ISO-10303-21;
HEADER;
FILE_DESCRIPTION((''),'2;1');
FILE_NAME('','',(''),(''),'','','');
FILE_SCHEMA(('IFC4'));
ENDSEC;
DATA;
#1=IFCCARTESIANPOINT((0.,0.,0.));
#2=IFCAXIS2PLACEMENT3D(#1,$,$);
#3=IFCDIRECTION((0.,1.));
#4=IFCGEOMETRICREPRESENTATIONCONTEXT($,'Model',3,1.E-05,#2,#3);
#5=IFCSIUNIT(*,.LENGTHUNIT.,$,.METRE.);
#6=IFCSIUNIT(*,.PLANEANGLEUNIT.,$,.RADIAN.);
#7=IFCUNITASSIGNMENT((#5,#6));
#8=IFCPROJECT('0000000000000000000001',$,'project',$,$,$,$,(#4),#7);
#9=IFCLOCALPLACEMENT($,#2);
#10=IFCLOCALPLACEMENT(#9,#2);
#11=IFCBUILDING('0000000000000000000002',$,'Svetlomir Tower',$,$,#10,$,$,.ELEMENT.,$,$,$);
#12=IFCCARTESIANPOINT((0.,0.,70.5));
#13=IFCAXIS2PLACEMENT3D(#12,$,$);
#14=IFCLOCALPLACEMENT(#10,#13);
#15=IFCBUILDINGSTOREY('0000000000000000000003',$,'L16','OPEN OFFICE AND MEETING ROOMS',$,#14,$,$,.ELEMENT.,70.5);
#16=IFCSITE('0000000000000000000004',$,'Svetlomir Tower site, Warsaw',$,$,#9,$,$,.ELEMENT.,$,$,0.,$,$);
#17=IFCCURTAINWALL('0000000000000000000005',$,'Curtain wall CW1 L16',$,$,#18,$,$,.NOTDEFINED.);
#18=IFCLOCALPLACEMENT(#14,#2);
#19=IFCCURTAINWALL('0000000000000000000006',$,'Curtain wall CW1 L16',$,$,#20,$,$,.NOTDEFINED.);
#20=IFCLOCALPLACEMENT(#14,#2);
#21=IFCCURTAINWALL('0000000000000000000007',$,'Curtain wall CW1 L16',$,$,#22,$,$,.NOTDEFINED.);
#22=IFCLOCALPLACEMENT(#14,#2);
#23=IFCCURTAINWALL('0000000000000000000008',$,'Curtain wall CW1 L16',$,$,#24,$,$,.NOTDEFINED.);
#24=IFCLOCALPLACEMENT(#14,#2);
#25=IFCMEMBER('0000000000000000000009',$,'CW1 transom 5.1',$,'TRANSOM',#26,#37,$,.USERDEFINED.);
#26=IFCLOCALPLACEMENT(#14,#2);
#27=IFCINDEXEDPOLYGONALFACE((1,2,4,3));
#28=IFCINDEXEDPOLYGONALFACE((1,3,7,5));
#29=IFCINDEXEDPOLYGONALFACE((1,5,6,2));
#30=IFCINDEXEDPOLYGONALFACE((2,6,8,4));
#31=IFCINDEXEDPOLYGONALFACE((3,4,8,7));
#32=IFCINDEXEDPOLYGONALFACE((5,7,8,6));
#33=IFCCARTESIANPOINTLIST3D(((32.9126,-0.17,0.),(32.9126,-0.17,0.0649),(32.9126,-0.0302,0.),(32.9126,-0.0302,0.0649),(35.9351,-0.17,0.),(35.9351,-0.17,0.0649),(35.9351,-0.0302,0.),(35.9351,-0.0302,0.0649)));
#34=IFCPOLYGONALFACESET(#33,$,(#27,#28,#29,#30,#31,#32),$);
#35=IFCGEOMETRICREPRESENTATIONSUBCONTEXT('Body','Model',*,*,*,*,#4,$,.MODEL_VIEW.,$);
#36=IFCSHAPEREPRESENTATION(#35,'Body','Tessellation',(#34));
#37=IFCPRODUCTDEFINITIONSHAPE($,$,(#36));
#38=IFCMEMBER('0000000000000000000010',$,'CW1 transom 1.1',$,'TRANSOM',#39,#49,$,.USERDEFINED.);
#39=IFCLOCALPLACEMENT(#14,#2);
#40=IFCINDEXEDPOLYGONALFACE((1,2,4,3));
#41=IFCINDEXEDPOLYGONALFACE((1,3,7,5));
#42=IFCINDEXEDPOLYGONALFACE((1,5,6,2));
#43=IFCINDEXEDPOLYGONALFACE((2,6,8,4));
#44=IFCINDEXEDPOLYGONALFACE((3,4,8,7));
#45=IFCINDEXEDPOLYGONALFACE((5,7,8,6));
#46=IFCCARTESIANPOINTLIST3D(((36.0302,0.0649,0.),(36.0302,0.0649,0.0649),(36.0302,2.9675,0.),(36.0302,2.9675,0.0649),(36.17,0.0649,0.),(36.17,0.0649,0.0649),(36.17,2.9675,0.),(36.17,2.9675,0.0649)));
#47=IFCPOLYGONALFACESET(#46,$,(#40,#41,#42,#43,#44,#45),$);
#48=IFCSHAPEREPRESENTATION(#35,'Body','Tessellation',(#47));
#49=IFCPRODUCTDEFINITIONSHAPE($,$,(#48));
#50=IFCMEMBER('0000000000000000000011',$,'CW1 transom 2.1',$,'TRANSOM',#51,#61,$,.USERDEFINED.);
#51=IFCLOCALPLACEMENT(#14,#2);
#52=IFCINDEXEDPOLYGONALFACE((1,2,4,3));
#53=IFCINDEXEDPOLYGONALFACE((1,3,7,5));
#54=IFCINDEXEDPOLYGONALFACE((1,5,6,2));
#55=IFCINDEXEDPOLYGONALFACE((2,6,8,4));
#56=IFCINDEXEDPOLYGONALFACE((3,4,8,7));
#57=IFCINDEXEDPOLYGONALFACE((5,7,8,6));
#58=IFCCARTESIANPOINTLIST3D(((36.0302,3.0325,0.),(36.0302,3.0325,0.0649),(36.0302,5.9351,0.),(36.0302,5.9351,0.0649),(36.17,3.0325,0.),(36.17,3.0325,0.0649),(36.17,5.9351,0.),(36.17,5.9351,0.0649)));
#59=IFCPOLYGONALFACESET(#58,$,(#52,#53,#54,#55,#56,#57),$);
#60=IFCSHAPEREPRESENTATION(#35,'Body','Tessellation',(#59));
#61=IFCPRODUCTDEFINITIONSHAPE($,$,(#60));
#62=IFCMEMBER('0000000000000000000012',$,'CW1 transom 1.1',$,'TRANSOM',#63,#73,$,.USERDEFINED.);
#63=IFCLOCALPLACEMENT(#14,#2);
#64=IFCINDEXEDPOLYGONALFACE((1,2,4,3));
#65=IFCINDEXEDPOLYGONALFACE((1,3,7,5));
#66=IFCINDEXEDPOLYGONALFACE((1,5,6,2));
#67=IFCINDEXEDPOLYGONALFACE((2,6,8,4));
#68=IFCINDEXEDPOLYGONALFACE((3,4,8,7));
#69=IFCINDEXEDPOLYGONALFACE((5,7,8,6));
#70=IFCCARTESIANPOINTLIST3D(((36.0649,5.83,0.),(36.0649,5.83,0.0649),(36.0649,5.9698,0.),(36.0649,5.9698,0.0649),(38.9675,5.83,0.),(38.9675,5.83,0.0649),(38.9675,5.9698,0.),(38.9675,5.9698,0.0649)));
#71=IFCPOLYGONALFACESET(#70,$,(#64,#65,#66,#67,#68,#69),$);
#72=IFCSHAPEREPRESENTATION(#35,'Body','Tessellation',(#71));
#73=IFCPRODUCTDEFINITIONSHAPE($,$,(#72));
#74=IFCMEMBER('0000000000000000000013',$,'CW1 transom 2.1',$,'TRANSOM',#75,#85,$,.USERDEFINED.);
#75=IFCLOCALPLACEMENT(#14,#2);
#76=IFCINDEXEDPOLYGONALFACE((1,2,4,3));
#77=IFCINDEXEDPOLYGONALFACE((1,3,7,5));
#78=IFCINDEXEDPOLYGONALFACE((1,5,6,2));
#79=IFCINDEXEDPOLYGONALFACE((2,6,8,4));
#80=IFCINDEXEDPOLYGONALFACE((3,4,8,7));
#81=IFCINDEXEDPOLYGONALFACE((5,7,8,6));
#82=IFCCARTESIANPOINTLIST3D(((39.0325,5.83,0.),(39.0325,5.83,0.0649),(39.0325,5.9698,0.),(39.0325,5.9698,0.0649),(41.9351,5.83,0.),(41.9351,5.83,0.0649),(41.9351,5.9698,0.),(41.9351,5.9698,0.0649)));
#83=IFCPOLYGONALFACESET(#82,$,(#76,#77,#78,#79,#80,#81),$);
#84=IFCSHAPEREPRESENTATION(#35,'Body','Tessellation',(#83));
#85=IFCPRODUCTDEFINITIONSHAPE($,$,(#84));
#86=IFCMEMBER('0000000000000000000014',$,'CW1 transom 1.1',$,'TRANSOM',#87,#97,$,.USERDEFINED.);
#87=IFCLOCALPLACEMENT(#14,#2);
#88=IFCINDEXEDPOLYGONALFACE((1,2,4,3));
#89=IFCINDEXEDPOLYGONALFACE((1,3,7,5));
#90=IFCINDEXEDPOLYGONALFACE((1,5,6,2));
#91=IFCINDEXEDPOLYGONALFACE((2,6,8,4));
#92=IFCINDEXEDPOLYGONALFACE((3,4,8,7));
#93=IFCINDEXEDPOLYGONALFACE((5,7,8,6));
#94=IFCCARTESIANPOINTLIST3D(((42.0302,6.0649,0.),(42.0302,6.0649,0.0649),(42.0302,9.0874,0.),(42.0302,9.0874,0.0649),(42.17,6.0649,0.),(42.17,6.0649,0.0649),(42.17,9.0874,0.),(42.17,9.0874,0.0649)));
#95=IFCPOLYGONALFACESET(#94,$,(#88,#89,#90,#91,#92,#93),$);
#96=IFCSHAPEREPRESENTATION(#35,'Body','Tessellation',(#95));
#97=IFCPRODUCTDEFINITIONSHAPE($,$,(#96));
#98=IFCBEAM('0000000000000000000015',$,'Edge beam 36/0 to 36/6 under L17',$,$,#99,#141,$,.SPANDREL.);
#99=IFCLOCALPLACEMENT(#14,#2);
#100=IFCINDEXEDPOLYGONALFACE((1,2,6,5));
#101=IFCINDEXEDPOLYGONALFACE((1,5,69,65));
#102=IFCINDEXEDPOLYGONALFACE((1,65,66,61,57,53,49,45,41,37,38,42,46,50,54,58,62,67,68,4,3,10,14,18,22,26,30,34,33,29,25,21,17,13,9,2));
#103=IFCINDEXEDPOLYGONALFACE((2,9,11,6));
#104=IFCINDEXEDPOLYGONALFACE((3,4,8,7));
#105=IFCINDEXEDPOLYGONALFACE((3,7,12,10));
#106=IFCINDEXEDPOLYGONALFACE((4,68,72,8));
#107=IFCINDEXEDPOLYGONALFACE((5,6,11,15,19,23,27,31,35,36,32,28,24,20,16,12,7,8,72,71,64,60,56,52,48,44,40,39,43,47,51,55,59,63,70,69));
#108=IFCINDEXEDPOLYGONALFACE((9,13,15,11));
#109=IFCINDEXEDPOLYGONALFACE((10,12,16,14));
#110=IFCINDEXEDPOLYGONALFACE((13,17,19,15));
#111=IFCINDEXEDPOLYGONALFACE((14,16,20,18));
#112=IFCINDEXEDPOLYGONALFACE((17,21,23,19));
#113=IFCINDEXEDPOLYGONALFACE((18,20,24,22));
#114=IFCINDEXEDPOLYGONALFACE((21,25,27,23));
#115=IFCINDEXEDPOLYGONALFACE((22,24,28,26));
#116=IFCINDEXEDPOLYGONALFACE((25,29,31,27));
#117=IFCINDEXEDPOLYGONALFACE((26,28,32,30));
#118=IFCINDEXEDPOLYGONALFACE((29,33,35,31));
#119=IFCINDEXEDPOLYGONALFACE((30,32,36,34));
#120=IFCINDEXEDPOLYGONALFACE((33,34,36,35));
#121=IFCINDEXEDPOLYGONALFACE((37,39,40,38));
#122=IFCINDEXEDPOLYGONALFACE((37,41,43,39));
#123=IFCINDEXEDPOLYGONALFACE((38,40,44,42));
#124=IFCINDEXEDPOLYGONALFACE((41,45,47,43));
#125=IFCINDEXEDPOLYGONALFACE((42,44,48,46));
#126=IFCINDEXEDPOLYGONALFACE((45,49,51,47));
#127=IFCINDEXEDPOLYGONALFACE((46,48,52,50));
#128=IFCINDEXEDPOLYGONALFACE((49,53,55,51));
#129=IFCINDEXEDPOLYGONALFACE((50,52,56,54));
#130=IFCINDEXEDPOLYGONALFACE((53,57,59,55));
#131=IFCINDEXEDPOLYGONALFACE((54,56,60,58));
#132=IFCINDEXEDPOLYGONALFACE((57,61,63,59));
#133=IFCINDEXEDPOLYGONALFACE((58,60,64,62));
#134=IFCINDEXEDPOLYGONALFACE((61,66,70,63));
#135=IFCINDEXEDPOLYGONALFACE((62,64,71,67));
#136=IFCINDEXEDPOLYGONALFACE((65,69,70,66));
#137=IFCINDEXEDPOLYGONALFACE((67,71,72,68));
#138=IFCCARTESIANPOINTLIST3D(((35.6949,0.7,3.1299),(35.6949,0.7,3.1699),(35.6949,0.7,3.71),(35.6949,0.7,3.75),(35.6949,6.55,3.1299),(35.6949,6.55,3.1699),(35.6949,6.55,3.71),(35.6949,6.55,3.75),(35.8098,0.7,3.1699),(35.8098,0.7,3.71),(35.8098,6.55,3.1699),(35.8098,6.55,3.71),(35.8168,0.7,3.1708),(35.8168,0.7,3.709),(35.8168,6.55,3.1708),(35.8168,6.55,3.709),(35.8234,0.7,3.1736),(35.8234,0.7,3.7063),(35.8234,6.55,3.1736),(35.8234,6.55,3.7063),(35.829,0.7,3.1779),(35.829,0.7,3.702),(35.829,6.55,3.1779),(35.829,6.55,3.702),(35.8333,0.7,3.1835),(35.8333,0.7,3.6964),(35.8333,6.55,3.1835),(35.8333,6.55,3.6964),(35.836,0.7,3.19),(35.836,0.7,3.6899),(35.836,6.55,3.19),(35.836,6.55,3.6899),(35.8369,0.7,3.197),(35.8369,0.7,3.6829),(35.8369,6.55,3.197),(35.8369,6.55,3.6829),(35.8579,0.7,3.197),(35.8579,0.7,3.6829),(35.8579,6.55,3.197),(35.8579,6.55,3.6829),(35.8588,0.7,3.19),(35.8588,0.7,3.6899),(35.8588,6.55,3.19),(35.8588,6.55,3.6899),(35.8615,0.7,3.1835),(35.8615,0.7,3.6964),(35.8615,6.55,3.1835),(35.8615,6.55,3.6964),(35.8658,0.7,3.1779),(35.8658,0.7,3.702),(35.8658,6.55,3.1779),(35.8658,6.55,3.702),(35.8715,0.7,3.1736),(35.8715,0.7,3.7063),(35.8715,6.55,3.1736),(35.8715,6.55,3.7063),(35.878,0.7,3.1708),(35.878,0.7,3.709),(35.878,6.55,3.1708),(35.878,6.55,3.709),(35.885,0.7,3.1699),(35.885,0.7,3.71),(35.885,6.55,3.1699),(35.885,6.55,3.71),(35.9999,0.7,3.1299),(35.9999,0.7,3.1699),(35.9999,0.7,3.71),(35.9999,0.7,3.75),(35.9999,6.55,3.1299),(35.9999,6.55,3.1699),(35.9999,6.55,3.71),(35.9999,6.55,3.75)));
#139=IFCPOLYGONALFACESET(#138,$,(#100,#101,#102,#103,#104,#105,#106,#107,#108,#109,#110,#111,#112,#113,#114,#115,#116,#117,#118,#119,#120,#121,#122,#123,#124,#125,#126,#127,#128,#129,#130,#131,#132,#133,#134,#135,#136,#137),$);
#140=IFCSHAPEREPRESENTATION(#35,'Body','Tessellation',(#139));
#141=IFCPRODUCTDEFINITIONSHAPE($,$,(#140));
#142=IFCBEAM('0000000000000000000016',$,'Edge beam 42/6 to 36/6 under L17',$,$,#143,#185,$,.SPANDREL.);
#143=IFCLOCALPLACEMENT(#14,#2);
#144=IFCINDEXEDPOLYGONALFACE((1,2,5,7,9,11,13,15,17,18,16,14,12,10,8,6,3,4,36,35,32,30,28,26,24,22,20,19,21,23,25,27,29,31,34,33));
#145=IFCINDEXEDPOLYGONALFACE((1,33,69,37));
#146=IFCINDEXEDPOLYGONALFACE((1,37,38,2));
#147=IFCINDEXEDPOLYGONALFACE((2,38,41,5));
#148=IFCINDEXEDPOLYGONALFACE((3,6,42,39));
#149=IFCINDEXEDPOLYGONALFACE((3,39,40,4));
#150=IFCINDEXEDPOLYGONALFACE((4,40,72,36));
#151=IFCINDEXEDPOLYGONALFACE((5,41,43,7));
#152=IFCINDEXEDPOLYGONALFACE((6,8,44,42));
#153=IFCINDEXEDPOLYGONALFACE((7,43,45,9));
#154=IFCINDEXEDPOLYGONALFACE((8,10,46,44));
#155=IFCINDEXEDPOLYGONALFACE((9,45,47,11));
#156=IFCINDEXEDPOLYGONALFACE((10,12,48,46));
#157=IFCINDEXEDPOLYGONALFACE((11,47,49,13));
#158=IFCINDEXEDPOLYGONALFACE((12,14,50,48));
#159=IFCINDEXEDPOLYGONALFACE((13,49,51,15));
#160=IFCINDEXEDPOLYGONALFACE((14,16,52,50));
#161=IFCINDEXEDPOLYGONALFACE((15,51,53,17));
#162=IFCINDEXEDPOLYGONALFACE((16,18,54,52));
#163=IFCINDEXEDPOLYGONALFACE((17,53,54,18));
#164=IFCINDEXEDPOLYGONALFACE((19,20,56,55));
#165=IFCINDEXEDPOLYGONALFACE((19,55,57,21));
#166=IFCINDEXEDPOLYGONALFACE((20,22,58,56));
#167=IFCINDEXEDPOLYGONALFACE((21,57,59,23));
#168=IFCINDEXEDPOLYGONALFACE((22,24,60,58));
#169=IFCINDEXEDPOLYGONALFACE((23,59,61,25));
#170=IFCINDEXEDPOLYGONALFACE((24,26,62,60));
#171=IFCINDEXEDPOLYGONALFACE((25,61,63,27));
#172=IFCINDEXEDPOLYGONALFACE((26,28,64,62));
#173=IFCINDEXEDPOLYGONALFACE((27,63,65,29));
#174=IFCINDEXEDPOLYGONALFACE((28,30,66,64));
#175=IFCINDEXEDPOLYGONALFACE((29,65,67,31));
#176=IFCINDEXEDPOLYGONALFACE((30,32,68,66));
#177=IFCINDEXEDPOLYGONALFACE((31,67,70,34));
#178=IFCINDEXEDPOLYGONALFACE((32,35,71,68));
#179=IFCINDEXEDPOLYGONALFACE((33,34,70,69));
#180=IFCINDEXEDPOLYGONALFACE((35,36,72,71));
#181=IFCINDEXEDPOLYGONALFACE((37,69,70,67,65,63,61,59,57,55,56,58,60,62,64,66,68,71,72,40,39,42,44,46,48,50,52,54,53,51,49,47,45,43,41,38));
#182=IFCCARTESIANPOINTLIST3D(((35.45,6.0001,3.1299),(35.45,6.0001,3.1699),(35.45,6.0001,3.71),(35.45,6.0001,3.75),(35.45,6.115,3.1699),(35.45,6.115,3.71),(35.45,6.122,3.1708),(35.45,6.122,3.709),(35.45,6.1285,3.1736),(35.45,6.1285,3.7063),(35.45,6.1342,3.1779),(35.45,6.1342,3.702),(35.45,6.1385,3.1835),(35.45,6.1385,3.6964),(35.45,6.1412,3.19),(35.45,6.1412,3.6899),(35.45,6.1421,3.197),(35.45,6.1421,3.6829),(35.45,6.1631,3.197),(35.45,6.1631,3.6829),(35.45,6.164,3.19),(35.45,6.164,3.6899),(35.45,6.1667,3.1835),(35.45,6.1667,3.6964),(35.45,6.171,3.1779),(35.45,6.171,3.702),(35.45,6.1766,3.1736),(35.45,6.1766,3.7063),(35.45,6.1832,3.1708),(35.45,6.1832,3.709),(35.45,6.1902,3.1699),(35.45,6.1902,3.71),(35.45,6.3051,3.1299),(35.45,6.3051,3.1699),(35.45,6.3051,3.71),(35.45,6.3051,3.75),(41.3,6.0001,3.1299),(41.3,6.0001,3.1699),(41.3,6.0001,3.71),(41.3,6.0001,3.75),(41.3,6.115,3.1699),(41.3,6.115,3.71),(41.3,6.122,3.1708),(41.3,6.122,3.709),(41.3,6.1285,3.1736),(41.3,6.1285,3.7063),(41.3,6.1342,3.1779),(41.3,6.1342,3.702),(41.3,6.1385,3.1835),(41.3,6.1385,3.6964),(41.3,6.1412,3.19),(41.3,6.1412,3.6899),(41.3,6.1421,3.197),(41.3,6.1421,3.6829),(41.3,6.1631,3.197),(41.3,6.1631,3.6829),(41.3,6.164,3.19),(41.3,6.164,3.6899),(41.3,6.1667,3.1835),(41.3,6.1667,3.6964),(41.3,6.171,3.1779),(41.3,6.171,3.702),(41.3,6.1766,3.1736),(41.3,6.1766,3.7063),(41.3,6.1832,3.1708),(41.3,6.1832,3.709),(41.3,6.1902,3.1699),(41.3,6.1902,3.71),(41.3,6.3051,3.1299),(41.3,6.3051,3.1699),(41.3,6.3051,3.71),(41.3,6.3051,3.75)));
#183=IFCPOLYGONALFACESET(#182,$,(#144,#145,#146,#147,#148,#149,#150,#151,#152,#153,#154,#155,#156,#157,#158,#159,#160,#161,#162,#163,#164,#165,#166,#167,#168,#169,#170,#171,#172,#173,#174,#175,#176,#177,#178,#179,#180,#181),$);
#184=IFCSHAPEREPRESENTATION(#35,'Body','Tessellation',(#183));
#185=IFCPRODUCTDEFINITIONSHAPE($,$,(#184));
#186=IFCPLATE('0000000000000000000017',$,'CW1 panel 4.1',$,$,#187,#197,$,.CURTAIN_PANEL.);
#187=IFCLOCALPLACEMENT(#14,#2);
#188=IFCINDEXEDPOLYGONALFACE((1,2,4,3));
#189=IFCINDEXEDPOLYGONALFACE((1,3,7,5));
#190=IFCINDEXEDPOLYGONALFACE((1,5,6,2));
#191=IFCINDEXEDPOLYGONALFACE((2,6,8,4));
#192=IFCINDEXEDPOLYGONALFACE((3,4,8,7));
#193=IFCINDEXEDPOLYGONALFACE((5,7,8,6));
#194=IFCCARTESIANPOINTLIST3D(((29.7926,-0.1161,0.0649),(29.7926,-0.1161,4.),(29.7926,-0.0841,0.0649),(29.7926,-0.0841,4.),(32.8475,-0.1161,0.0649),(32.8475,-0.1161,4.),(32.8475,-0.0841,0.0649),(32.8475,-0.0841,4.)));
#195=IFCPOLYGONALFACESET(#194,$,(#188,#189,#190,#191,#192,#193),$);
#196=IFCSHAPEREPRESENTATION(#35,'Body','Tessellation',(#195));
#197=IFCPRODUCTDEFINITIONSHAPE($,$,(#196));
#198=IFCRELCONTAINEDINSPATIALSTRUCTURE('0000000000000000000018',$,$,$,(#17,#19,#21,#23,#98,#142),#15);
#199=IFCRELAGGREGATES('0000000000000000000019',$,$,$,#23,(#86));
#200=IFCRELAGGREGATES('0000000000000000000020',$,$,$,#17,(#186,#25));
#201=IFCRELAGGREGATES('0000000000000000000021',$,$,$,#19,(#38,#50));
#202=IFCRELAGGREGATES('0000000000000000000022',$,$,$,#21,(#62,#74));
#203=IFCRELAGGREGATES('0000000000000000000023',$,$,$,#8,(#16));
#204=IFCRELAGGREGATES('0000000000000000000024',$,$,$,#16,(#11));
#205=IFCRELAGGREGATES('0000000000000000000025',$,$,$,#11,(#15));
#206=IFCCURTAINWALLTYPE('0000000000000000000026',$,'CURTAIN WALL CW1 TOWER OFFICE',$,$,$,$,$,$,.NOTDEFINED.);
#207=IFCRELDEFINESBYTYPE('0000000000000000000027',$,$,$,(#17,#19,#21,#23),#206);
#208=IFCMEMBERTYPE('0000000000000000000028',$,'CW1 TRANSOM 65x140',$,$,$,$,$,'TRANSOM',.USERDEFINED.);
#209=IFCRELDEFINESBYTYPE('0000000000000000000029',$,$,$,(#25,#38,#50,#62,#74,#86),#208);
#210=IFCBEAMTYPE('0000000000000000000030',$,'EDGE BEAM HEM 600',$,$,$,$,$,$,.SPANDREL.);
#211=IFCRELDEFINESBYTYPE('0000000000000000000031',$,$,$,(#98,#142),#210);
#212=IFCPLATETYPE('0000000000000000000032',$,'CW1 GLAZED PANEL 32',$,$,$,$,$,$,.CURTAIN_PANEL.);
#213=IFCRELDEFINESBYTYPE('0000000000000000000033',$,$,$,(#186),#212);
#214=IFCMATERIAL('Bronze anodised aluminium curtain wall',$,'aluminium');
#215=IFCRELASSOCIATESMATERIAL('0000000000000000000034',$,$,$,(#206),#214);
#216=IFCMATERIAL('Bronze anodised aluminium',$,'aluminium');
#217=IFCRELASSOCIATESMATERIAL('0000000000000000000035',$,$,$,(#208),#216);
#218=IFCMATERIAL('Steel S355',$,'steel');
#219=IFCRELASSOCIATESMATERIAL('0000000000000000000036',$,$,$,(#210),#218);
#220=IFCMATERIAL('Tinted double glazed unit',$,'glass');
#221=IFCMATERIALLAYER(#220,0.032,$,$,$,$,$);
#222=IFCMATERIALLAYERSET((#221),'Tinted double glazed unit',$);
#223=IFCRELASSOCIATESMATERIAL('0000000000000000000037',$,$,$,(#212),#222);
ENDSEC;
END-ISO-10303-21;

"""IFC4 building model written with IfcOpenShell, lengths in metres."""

from ifc_helpers import new_model, si_unit, direction, frame, origin, origin_2d, place, context, subcontext, project, spatial, rectangle, i_section, extrude, material, layer, layer_set, material_profile, profile_set, type_object, element, aggregate, save


model = new_model("IFC4")

# Units and contexts
model_context = context("Model", 3, precision=1e-05, world=origin(), true_north=direction((0.0, 1.0)))
body_context = subcontext(model_context, "Body", "Model", "MODEL_VIEW")
ifc_project = project(units=[si_unit("LENGTHUNIT", "METRE"), si_unit("PLANEANGLEUNIT", "RADIAN")], contexts=[model_context])

# Site, building, storey
site_placement = place(None, origin())
site = spatial("IfcSite", under=ifc_project, at=site_placement, Name="Svetlomir Tower site, Warsaw", CompositionType="ELEMENT", RefElevation=0.0)
building_placement = place(site_placement, origin())
building = spatial("IfcBuilding", under=site, at=building_placement, Name="Svetlomir Tower", CompositionType="ELEMENT")
storey_placement = place(building_placement, frame((0.0, 0.0, 70.5)))
storey = spatial("IfcBuildingStorey", under=building, at=storey_placement, Name="L16", Description="OPEN OFFICE AND MEETING ROOMS", CompositionType="ELEMENT", Elevation=70.5)

# Curtain walls
ifc_material_1 = material(Name="Bronze anodised aluminium curtain wall", Category="aluminium")
curtain_wall_type = type_object("IfcCurtainWallType", Name="CURTAIN WALL CW1 TOWER OFFICE", PredefinedType="NOTDEFINED", material=ifc_material_1)
curtain_wall_1_placement = place(storey_placement, origin())
curtain_wall_1 = element("IfcCurtainWall", 1, at=curtain_wall_1_placement, inside=storey, type_object=curtain_wall_type, Name="Curtain wall CW1 L16", PredefinedType="NOTDEFINED")
curtain_wall_2_placement = place(storey_placement, origin())
curtain_wall_2 = element("IfcCurtainWall", 2, at=curtain_wall_2_placement, inside=storey, type_object=curtain_wall_type, Name="Curtain wall CW1 L16", PredefinedType="NOTDEFINED")
curtain_wall_3_placement = place(storey_placement, origin())
curtain_wall_3 = element("IfcCurtainWall", 3, at=curtain_wall_3_placement, inside=storey, type_object=curtain_wall_type, Name="Curtain wall CW1 L16", PredefinedType="NOTDEFINED")

# Curtain wall
curtain_wall_4_placement = place(storey_placement, origin())
curtain_wall_4 = element("IfcCurtainWall", 4, at=curtain_wall_4_placement, inside=storey, type_object=curtain_wall_type, Name="Curtain wall CW1 L16", PredefinedType="NOTDEFINED")

# Members
ifc_material_2 = material(Name="Bronze anodised aluminium", Category="aluminium")
ifc_material_profile_1 = material_profile(ifc_material_2, rectangle(XDim=0.1399, YDim=0.0649, at=origin_2d()), Name="AL 140x65")
ifc_profile_set_1 = profile_set([ifc_material_profile_1], Name="Bronze anodised aluminium 6063-T6")
member_type_1 = type_object("IfcMemberType", Name="CW1 TRANSOM 65x140", ElementType="TRANSOM", PredefinedType="USERDEFINED", material=ifc_profile_set_1)
member_1_placement = place(storey_placement, frame((32.9126, -0.1001, 0.0325), z_axis=(1.0, 0.0, 0.0), x_axis=(0.0, 1.0, 0.0)))
member_1 = element("IfcMember", 5, at=member_1_placement, type_object=member_type_1, Name="CW1 transom 5.1", ObjectType="TRANSOM", PredefinedType="USERDEFINED", context=body_context, shape_type="SweptSolid", body=[
    extrude(rectangle(XDim=0.1399, YDim=0.0649, at=origin_2d()), origin(), (0.0, 0.0, 1.0), 3.0225),
])
member_2_placement = place(storey_placement, frame((36.1001, 0.0649, 0.0325), z_axis=(0.0, 1.0, 0.0), x_axis=(-1.0, 0.0, 0.0)))
member_2 = element("IfcMember", 6, at=member_2_placement, type_object=member_type_1, Name="CW1 transom 1.1", ObjectType="TRANSOM", PredefinedType="USERDEFINED", context=body_context, shape_type="SweptSolid", body=[
    extrude(rectangle(XDim=0.1399, YDim=0.0649, at=origin_2d()), origin(), (0.0, 0.0, 1.0), 2.9026),
])
member_3_placement = place(storey_placement, frame((36.1001, 3.0325, 0.0325), z_axis=(0.0, 1.0, 0.0), x_axis=(-1.0, 0.0, 0.0)))
member_3 = element("IfcMember", 7, at=member_3_placement, type_object=member_type_1, Name="CW1 transom 2.1", ObjectType="TRANSOM", PredefinedType="USERDEFINED", context=body_context, shape_type="SweptSolid", body=[
    extrude(rectangle(XDim=0.1399, YDim=0.0649, at=origin_2d()), origin(), (0.0, 0.0, 1.0), 2.9026),
])
member_4_placement = place(storey_placement, frame((36.0649, 5.8999, 0.0325), z_axis=(1.0, 0.0, 0.0), x_axis=(0.0, 1.0, 0.0)))
member_4 = element("IfcMember", 8, at=member_4_placement, type_object=member_type_1, Name="CW1 transom 1.1", ObjectType="TRANSOM", PredefinedType="USERDEFINED", context=body_context, shape_type="SweptSolid", body=[
    extrude(rectangle(XDim=0.1399, YDim=0.0649, at=origin_2d()), origin(), (0.0, 0.0, 1.0), 2.9026),
])
member_5_placement = place(storey_placement, frame((39.0325, 5.8999, 0.0325), z_axis=(1.0, 0.0, 0.0), x_axis=(0.0, 1.0, 0.0)))
member_5 = element("IfcMember", 9, at=member_5_placement, type_object=member_type_1, Name="CW1 transom 2.1", ObjectType="TRANSOM", PredefinedType="USERDEFINED", context=body_context, shape_type="SweptSolid", body=[
    extrude(rectangle(XDim=0.1399, YDim=0.0649, at=origin_2d()), origin(), (0.0, 0.0, 1.0), 2.9026),
])
member_6_placement = place(storey_placement, frame((42.1001, 6.0649, 0.0325), z_axis=(0.0, 1.0, 0.0), x_axis=(-1.0, 0.0, 0.0)))
member_6 = element("IfcMember", 10, at=member_6_placement, type_object=member_type_1, Name="CW1 transom 1.1", ObjectType="TRANSOM", PredefinedType="USERDEFINED", context=body_context, shape_type="SweptSolid", body=[
    extrude(rectangle(XDim=0.1399, YDim=0.0649, at=origin_2d()), origin(), (0.0, 0.0, 1.0), 3.0225),
])
aggregate(curtain_wall_4, [member_6])

# Beams
ifc_material_3 = material(Name="Steel S355", Category="steel")
ifc_material_profile_2 = material_profile(ifc_material_3, i_section(OverallWidth=0.3049, OverallDepth=0.6201, WebThickness=0.021, FlangeThickness=0.04, FilletRadius=0.0271, at=origin_2d()), Name="HEM 600")
ifc_profile_set_2 = profile_set([ifc_material_profile_2], Name="Steel S355")
beam_type = type_object("IfcBeamType", Name="EDGE BEAM HEM 600", PredefinedType="SPANDREL", material=ifc_profile_set_2)
for number, where, z_axis, x_axis, name in (
    (11, (35.8474, 0.7, 3.4399), (0.0, 1.0, 0.0), (-1.0, 0.0, 0.0), "Edge beam 36/0 to 36/6 under L17"),
    (12, (41.3, 6.1526, 3.4399), (-1.0, 0.0, 0.0), (0.0, -1.0, 0.0), "Edge beam 42/6 to 36/6 under L17"),
):
    element("IfcBeam", number, at=place(storey_placement, frame(where, z_axis=z_axis, x_axis=x_axis)), inside=storey, type_object=beam_type, Name=name, PredefinedType="SPANDREL", context=body_context, shape_type="SweptSolid", body=[
        extrude(i_section(OverallWidth=0.3049, OverallDepth=0.6201, WebThickness=0.021, FlangeThickness=0.04, FilletRadius=0.0271, at=origin_2d()), origin(), (0.0, 0.0, 1.0), 5.8501),
    ])

# Plate
ifc_material_4 = material(Name="Tinted double glazed unit", Category="glass")
ifc_layer = layer(ifc_material_4, 0.032)
ifc_layer_set = layer_set([ifc_layer], Name="Tinted double glazed unit")
plate_type = type_object("IfcPlateType", Name="CW1 GLAZED PANEL 32", PredefinedType="CURTAIN_PANEL", material=ifc_layer_set)
plate_1_placement = place(storey_placement, frame((31.3201, -0.1001, 0.0649), z_axis=(0.0, 0.0, 1.0), x_axis=(1.0, 0.0, 0.0)))
plate_1 = element("IfcPlate", 13, at=plate_1_placement, type_object=plate_type, Name="CW1 panel 4.1", PredefinedType="CURTAIN_PANEL", context=body_context, shape_type="SweptSolid", body=[
    extrude(rectangle(XDim=3.0549, YDim=0.032, at=origin_2d()), origin(), (0.0, 0.0, 1.0), 3.9351),
])
aggregate(curtain_wall_1, [plate_1, member_1])
aggregate(curtain_wall_2, [member_2, member_3])
aggregate(curtain_wall_3, [member_4, member_5])

save(model, "model.ifc")
